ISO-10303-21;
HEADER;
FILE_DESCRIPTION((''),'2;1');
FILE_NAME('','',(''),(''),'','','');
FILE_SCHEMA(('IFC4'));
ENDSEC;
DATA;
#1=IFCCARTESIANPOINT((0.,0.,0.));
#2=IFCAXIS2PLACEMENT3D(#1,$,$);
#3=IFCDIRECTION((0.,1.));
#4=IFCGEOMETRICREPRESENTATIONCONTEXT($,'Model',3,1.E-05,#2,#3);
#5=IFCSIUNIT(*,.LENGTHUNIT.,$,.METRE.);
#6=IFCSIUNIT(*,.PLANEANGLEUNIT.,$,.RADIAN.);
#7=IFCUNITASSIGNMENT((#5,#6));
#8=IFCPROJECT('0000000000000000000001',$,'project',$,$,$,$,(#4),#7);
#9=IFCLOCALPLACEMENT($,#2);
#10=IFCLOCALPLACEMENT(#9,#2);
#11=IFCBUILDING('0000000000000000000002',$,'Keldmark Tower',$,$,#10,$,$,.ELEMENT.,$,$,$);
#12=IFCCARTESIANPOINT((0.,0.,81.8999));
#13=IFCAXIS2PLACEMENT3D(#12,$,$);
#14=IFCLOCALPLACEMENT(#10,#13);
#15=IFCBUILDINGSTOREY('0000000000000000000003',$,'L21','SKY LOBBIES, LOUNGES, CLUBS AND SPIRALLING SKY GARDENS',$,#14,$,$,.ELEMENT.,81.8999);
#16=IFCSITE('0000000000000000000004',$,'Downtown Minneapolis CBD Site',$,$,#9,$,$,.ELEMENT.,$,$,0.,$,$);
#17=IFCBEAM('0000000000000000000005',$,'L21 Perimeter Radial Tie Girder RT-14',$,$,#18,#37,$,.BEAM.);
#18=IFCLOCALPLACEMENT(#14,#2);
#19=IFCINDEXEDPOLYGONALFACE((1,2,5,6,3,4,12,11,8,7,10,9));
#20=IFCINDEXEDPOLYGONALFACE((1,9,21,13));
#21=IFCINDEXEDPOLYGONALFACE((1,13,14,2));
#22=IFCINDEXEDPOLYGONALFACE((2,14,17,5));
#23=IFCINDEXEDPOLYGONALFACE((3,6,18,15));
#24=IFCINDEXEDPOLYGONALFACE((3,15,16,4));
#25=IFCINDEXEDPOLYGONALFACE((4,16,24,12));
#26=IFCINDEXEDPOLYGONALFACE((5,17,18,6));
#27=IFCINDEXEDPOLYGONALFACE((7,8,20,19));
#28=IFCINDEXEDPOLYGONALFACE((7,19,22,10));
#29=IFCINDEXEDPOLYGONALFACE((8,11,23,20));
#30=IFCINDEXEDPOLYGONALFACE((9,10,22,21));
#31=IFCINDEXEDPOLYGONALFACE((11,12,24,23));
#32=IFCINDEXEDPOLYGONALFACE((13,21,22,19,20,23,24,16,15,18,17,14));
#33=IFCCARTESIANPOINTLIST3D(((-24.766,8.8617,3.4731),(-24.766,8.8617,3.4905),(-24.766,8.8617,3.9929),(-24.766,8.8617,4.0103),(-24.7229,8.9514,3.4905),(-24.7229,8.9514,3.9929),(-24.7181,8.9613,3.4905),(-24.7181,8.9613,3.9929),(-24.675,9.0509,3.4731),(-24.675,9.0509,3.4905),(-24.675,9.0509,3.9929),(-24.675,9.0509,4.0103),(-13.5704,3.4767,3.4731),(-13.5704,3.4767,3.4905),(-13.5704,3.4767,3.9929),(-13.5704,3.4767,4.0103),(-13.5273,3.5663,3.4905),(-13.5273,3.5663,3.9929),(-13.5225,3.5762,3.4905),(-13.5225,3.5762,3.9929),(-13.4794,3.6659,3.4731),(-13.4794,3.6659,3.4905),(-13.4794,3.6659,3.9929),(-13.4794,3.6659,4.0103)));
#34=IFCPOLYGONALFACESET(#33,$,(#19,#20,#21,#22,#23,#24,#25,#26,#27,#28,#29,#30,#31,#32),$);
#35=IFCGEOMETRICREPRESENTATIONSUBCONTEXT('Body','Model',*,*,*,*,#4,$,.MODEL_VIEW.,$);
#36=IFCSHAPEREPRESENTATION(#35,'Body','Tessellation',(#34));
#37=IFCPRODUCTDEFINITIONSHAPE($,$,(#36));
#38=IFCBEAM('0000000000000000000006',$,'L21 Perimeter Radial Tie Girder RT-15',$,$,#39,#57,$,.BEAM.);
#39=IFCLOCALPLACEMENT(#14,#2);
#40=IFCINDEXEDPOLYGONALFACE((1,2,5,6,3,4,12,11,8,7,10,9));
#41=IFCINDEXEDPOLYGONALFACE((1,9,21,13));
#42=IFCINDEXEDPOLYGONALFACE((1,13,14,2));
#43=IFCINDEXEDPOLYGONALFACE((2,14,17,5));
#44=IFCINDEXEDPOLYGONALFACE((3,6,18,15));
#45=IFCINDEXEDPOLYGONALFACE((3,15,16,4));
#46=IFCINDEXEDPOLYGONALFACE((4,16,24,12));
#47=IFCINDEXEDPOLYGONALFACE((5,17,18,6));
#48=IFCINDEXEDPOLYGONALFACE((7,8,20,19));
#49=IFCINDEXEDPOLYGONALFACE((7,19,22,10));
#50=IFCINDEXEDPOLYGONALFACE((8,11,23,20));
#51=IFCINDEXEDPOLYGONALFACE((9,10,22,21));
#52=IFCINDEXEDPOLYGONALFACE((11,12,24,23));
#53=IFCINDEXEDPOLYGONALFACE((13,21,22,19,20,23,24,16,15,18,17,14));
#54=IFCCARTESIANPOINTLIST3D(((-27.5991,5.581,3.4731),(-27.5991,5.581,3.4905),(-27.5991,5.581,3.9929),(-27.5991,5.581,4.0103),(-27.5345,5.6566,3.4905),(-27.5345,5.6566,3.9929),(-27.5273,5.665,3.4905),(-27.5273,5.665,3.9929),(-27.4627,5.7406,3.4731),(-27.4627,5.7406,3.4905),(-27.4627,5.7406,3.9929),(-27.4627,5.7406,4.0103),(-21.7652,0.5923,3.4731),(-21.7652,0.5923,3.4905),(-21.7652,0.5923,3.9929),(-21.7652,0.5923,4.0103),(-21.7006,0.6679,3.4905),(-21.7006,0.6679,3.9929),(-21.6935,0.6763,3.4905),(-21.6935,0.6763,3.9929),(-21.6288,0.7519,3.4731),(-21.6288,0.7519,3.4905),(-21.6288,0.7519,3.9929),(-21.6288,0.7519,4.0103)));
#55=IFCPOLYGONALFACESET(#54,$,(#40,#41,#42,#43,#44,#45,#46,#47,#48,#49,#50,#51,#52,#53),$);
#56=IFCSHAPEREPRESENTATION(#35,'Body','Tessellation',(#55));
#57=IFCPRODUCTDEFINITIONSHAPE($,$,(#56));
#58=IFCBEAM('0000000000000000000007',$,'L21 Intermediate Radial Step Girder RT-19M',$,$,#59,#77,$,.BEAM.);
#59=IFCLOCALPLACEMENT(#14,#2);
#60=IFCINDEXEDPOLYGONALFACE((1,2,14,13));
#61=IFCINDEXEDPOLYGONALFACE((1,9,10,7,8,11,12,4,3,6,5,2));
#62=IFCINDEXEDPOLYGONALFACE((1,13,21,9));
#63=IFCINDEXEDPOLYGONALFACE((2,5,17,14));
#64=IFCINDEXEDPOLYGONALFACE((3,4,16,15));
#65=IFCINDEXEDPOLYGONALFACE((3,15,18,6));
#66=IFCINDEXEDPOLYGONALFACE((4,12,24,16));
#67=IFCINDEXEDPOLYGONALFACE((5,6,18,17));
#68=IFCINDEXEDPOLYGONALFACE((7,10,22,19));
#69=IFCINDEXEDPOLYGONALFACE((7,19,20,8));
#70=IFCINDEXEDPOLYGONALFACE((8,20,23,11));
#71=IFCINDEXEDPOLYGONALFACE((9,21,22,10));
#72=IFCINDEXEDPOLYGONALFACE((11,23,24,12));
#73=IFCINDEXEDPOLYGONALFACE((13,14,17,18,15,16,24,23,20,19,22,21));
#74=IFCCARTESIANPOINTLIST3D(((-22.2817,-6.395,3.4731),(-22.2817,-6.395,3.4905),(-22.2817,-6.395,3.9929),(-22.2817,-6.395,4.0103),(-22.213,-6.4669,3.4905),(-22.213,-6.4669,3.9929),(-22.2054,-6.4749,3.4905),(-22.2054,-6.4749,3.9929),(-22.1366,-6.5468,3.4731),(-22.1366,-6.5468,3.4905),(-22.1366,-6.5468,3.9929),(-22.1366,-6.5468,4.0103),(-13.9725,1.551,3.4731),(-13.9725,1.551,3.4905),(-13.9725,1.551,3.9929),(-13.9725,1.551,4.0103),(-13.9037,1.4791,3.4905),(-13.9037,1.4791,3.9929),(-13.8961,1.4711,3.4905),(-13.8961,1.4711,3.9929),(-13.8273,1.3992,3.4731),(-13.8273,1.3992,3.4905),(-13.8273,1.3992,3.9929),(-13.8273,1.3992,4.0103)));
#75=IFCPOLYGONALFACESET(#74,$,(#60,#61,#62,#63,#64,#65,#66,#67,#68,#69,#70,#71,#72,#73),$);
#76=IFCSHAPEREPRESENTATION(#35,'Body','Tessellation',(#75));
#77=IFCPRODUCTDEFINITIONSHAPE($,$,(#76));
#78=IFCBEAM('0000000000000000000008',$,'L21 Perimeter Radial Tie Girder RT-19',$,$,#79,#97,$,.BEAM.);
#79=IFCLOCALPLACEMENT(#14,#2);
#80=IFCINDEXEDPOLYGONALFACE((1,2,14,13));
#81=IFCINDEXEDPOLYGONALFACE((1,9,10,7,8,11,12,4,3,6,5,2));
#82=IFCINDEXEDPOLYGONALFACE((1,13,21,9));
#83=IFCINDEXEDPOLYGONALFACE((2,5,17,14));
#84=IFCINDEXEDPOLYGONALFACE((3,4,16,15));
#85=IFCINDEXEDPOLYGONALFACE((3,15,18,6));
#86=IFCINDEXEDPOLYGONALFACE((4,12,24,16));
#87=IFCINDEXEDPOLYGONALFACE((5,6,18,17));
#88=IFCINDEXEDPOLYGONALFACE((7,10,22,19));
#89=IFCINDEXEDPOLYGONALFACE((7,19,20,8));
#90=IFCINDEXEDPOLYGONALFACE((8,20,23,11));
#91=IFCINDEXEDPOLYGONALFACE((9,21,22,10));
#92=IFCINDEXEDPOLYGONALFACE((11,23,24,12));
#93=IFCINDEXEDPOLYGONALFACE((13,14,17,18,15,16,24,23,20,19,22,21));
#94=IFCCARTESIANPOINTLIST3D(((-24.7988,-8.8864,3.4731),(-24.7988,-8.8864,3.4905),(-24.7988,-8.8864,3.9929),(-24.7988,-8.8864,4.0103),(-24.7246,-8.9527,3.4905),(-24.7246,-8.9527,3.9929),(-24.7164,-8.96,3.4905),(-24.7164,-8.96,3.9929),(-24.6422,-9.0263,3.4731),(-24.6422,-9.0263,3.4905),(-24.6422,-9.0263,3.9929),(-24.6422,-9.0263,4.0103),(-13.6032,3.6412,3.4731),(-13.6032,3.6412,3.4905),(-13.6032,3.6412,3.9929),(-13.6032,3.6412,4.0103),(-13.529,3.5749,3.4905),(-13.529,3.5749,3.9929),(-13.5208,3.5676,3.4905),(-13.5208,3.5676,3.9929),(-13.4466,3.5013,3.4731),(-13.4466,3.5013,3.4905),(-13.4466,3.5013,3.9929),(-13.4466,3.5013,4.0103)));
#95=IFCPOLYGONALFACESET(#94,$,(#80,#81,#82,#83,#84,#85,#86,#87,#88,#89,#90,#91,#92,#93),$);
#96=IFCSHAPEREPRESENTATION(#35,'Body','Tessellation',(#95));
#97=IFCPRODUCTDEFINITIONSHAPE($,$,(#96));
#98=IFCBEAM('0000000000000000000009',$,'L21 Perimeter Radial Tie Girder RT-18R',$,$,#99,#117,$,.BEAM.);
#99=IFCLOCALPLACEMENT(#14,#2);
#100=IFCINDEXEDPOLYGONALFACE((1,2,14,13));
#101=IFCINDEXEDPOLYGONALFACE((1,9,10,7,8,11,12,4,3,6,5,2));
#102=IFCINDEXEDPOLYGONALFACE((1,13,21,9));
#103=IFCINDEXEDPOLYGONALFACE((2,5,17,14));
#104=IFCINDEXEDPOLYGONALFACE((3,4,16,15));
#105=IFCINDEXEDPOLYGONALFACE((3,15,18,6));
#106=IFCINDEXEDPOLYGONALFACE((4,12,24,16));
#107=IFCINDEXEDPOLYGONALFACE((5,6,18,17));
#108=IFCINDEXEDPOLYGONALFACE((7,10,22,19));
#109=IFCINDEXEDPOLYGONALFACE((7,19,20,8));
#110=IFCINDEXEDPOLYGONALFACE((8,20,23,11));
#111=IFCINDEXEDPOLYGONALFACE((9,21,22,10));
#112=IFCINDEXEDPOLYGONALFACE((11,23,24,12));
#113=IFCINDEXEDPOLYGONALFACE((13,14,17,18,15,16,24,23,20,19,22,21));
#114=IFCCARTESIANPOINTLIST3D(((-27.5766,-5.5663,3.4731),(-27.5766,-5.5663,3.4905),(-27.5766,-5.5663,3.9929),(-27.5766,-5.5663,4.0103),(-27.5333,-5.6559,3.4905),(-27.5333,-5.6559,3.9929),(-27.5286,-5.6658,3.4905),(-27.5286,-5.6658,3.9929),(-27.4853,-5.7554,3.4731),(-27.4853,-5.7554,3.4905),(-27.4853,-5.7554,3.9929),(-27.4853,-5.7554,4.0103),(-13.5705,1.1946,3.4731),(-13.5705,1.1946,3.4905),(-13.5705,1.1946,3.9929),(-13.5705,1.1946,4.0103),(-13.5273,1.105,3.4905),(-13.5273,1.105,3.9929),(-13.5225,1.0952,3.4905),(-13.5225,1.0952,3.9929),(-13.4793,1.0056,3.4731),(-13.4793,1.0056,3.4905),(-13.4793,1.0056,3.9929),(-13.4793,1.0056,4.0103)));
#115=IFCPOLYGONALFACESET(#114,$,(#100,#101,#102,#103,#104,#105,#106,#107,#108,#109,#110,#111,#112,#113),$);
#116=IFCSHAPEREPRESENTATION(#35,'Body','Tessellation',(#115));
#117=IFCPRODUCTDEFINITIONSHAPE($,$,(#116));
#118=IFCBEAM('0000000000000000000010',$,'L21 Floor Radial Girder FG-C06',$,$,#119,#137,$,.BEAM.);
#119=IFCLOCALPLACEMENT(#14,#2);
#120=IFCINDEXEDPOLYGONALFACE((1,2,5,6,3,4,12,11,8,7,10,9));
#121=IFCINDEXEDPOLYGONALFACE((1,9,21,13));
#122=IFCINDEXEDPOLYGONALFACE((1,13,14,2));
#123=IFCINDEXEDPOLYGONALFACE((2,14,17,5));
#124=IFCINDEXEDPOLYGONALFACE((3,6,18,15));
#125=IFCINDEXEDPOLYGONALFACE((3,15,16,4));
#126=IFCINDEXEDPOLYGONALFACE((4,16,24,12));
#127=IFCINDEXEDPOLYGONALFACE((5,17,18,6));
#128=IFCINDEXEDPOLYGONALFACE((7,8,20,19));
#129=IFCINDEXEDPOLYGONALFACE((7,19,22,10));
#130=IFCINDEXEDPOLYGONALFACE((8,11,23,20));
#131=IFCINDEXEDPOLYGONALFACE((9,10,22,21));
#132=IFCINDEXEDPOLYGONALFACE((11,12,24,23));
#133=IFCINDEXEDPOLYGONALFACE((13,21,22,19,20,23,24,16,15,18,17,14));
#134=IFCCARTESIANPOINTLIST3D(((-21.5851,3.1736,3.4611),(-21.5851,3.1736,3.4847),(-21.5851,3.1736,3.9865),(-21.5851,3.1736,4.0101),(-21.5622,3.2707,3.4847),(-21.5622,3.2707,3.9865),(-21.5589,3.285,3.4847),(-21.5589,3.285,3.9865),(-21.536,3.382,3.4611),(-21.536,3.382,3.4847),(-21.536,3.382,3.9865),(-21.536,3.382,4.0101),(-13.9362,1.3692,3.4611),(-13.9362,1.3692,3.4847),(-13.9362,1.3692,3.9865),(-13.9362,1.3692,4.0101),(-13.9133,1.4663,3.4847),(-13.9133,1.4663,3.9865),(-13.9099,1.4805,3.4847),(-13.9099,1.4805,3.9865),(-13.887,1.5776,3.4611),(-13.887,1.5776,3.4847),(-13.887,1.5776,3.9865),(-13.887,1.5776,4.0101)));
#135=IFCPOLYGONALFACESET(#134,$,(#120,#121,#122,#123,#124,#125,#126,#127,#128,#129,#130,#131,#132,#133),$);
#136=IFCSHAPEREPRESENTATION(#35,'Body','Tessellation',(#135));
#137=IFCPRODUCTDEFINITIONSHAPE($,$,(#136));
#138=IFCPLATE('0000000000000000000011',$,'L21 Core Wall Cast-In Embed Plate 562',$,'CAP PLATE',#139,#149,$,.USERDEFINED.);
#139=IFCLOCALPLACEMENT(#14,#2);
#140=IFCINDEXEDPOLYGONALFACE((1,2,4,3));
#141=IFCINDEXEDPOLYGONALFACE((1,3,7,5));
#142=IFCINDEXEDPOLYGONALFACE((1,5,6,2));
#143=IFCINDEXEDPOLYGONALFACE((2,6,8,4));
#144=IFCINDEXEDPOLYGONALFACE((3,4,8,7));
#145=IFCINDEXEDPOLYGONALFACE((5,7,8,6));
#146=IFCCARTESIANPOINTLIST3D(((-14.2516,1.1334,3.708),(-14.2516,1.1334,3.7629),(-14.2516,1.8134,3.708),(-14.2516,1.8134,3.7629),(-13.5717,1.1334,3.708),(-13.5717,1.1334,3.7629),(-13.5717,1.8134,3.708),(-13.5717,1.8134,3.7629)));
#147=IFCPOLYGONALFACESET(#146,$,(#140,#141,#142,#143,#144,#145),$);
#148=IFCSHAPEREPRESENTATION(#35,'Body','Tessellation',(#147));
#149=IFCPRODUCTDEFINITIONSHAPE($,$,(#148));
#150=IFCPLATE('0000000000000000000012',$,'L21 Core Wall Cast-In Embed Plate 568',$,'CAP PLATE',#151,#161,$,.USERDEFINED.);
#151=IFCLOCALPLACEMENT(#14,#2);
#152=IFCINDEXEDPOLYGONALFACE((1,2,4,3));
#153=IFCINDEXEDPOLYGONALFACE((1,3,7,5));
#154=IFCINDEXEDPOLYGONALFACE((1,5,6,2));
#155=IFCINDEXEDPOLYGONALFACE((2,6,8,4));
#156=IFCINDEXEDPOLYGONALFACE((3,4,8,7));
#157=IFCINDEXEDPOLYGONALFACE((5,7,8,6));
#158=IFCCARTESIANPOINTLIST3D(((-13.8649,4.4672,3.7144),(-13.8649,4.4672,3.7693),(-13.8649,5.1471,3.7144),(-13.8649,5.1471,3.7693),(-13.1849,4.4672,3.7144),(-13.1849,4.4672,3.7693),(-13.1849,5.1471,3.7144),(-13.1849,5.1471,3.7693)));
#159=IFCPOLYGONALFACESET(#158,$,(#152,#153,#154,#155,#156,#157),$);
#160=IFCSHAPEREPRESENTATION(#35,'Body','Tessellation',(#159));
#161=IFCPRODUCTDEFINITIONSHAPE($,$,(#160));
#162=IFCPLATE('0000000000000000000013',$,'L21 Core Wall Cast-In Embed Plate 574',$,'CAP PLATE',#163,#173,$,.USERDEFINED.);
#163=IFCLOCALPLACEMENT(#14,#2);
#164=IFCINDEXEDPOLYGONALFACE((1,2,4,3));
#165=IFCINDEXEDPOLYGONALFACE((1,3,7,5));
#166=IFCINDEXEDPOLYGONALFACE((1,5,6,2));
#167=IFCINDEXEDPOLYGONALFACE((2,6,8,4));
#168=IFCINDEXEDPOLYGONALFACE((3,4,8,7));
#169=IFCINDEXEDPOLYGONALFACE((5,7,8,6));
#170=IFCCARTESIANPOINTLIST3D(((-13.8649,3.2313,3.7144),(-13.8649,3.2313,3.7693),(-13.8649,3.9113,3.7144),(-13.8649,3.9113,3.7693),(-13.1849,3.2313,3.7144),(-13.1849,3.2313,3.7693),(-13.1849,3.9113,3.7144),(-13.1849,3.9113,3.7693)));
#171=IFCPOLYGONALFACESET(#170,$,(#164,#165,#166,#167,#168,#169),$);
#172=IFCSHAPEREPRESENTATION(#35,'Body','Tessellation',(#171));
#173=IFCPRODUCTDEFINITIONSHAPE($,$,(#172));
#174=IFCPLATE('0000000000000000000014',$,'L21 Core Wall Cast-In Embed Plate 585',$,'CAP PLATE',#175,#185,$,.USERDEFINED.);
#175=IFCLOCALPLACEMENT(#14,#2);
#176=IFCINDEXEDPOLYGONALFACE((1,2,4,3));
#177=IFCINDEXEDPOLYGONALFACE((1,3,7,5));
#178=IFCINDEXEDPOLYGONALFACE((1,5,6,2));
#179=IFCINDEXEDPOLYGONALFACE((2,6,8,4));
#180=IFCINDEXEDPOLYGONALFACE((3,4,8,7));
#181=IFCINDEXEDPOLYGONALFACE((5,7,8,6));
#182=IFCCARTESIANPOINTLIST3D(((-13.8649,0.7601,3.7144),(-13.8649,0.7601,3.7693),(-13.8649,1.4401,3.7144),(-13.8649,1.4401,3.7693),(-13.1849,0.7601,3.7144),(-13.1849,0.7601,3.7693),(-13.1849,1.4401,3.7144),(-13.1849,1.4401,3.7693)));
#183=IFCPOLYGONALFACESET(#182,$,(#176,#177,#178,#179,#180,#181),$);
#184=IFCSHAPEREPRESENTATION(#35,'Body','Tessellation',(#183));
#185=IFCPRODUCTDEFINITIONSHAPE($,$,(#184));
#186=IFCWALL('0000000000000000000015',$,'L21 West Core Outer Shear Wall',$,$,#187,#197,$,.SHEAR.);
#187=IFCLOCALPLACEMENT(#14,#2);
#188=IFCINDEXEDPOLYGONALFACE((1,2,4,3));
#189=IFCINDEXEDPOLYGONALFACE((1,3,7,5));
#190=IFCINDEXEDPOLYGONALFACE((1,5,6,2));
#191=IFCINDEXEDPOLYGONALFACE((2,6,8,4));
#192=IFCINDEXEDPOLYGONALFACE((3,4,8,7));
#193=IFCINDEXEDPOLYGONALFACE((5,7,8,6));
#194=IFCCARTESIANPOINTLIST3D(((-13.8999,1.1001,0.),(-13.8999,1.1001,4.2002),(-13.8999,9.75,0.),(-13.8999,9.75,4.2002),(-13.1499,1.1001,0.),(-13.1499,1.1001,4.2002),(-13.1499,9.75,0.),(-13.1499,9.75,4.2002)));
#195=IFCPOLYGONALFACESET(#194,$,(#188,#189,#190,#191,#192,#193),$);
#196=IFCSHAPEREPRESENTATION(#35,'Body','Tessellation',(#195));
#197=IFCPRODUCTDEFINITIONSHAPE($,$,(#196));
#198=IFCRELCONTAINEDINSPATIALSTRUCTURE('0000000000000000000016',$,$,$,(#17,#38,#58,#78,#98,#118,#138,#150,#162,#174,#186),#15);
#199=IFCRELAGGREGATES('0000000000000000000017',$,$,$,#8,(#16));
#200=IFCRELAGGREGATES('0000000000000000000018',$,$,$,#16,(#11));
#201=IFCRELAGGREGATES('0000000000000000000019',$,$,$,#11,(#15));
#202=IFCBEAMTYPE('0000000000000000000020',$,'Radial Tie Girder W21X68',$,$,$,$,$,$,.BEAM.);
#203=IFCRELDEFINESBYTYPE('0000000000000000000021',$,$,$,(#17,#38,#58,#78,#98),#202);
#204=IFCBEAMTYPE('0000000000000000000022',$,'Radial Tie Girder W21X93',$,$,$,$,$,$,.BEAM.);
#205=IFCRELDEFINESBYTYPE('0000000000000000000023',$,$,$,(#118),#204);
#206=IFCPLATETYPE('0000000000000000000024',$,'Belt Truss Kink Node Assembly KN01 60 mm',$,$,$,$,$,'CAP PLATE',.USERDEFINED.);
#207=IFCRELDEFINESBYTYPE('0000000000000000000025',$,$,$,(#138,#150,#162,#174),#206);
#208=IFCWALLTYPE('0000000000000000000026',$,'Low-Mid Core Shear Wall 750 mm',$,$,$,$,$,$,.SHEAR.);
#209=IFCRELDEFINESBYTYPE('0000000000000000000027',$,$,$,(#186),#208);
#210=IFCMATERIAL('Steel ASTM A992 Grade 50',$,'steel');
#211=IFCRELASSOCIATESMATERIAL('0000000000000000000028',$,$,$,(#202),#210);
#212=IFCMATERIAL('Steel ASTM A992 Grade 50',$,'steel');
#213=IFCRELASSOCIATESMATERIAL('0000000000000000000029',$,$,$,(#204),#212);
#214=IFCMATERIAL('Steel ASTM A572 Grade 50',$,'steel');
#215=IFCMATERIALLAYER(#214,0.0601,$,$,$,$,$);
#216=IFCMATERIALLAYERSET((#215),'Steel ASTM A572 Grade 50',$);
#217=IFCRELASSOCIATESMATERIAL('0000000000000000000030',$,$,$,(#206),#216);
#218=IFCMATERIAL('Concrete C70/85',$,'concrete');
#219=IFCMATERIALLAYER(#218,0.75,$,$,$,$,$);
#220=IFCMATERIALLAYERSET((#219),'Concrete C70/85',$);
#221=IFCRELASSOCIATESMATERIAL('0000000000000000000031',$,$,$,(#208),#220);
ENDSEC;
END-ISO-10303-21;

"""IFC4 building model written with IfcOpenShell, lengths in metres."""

from ifc_helpers import new_model, si_unit, direction, frame, frame_2d, origin, origin_2d, place, context, subcontext, project, spatial, rectangle, i_section, extrude, material, layer, layer_set, material_profile, profile_set, type_object, element, save


model = new_model("IFC4")

# Units and contexts
model_context = context("Model", 3, precision=1e-05, world=origin(), true_north=direction((0.0, 1.0)))
body_context = subcontext(model_context, "Body", "Model", "MODEL_VIEW")
ifc_project = project(units=[si_unit("LENGTHUNIT", "METRE"), si_unit("PLANEANGLEUNIT", "RADIAN")], contexts=[model_context])

# Site, building, storey
site_placement = place(None, origin())
site = spatial("IfcSite", under=ifc_project, at=site_placement, Name="Downtown Minneapolis CBD Site", CompositionType="ELEMENT", RefElevation=0.0)
building_placement = place(site_placement, origin())
building = spatial("IfcBuilding", under=site, at=building_placement, Name="Keldmark Tower", CompositionType="ELEMENT")
storey_placement = place(building_placement, frame((0.0, 0.0, 81.8999)))
storey = spatial("IfcBuildingStorey", under=building, at=storey_placement, Name="L21", Description="SKY LOBBIES, LOUNGES, CLUBS AND SPIRALLING SKY GARDENS", CompositionType="ELEMENT", Elevation=81.8999)

# Beams
ifc_material_1 = material(Name="Steel ASTM A992 Grade 50", Category="steel")
ifc_material_profile_1 = material_profile(ifc_material_1, i_section(OverallWidth=0.21, OverallDepth=0.5371, WebThickness=0.011, FlangeThickness=0.0173, at=origin_2d()), Name="W21X68")
ifc_profile_set_1 = profile_set([ifc_material_profile_1], Name="Steel ASTM A992 Grade 50")
beam_type_1 = type_object("IfcBeamType", Name="Radial Tie Girder W21X68", PredefinedType="BEAM", material=ifc_profile_set_1)
beam_1_placement = place(storey_placement, frame((-13.5249, 3.5713, 3.7417), z_axis=(-0.901173, 0.43346, 0.0), x_axis=(-0.43346, -0.901173, 0.0)))
element("IfcBeam", 1, at=beam_1_placement, inside=storey, type_object=beam_type_1, Name="L21 Perimeter Radial Tie Girder RT-14", PredefinedType="BEAM", context=body_context, shape_type="SweptSolid", body=[
    extrude(i_section(OverallWidth=0.21, OverallDepth=0.5371, WebThickness=0.011, FlangeThickness=0.0173, at=origin_2d()), origin(), (0.0, 0.0, 1.0), 12.4233),
])
beam_2_placement = place(storey_placement, frame((-21.697, 0.6721, 3.7417), z_axis=(-0.760015, 0.649906, 0.0), x_axis=(-0.649906, -0.760015, 0.0)))
element("IfcBeam", 2, at=beam_2_placement, inside=storey, type_object=beam_type_1, Name="L21 Perimeter Radial Tie Girder RT-15", PredefinedType="BEAM", context=body_context, shape_type="SweptSolid", body=[
    extrude(i_section(OverallWidth=0.21, OverallDepth=0.5371, WebThickness=0.011, FlangeThickness=0.0173, at=origin_2d()), origin(), (0.0, 0.0, 1.0), 7.676),
])
beam_3_placement = place(storey_placement, frame((-13.8999, 1.4751, 3.7417), z_axis=(-0.722729, -0.691132, 0.0), x_axis=(0.691132, -0.722729, 0.0)))
element("IfcBeam", 3, at=beam_3_placement, inside=storey, type_object=beam_type_1, Name="L21 Intermediate Radial Step Girder RT-19M", PredefinedType="BEAM", context=body_context, shape_type="SweptSolid", body=[
    extrude(i_section(OverallWidth=0.21, OverallDepth=0.5371, WebThickness=0.011, FlangeThickness=0.0173, at=origin_2d()), origin(), (0.0, 0.0, 1.0), 11.4971),
])
beam_4_placement = place(storey_placement, frame((-13.5249, 3.5713, 3.7417), z_axis=(-0.666354, -0.745636, 0.0), x_axis=(0.745636, -0.666354, 0.0)))
element("IfcBeam", 4, at=beam_4_placement, inside=storey, type_object=beam_type_1, Name="L21 Perimeter Radial Tie Girder RT-19", PredefinedType="BEAM", context=body_context, shape_type="SweptSolid", body=[
    extrude(i_section(OverallWidth=0.21, OverallDepth=0.5371, WebThickness=0.011, FlangeThickness=0.0173, at=origin_2d()), origin(), (0.0, 0.0, 1.0), 16.8013),
])
beam_5_placement = place(storey_placement, frame((-13.5249, 1.1001, 3.7417), z_axis=(-0.900566, -0.434719, 0.0), x_axis=(0.434719, -0.900566, 0.0)))
element("IfcBeam", 5, at=beam_5_placement, inside=storey, type_object=beam_type_1, Name="L21 Perimeter Radial Tie Girder RT-18R", PredefinedType="BEAM", context=body_context, shape_type="SweptSolid", body=[
    extrude(i_section(OverallWidth=0.21, OverallDepth=0.5371, WebThickness=0.011, FlangeThickness=0.0173, at=origin_2d()), origin(), (0.0, 0.0, 1.0), 15.5525),
])
ifc_material_2 = material(Name="Steel ASTM A992 Grade 50", Category="steel")
ifc_material_profile_2 = material_profile(ifc_material_2, i_section(OverallWidth=0.2141, OverallDepth=0.5491, WebThickness=0.0146, FlangeThickness=0.0237, at=origin_2d()), Name="W21X93")
ifc_profile_set_2 = profile_set([ifc_material_profile_2], Name="Steel ASTM A992 Grade 50")
beam_type_2 = type_object("IfcBeamType", Name="Radial Tie Girder W21X93", PredefinedType="BEAM", material=ifc_profile_set_2)
beam_6_placement = place(storey_placement, frame((-21.5605, 3.2778, 3.7356), z_axis=(0.973284, -0.229606, 0.0), x_axis=(0.229606, 0.973284, 0.0)))
element("IfcBeam", 6, at=beam_6_placement, inside=storey, type_object=beam_type_2, Name="L21 Floor Radial Girder FG-C06", PredefinedType="BEAM", context=body_context, shape_type="SweptSolid", body=[
    extrude(i_section(OverallWidth=0.2141, OverallDepth=0.5491, WebThickness=0.0146, FlangeThickness=0.0237, at=origin_2d()), origin(), (0.0, 0.0, 1.0), 7.8589),
])

# Plates
ifc_material_3 = material(Name="Steel ASTM A572 Grade 50", Category="steel")
ifc_layer_1 = layer(ifc_material_3, 0.0601)
ifc_layer_set_1 = layer_set([ifc_layer_1], Name="Steel ASTM A572 Grade 50")
plate_type = type_object("IfcPlateType", Name="Belt Truss Kink Node Assembly KN01 60 mm", ElementType="CAP PLATE", PredefinedType="USERDEFINED", material=ifc_layer_set_1)
for number, where, z_axis, x_axis, name in (
    (7, (-13.9116, 1.4734, 3.708), (0.0, 0.0, 1.0), (1.0, 0.0, 0.0), "L21 Core Wall Cast-In Embed Plate 562"),
    (8, (-13.5249, 4.8071, 3.7144), (0.0, 0.0, 1.0), (1.0, 0.0, 0.0), "L21 Core Wall Cast-In Embed Plate 568"),
    (9, (-13.5249, 3.5713, 3.7144), (0.0, 0.0, 1.0), (1.0, 0.0, 0.0), "L21 Core Wall Cast-In Embed Plate 574"),
    (10, (-13.5249, 1.1001, 3.7144), (0.0, 0.0, 1.0), (1.0, 0.0, 0.0), "L21 Core Wall Cast-In Embed Plate 585"),
):
    element("IfcPlate", number, at=place(storey_placement, frame(where, z_axis=z_axis, x_axis=x_axis)), inside=storey, type_object=plate_type, Name=name, ObjectType="CAP PLATE", PredefinedType="USERDEFINED", context=body_context, shape_type="SweptSolid", body=[
        extrude(rectangle(XDim=0.6799, YDim=0.6799, at=origin_2d()), origin(), (0.0, 0.0, 1.0), 0.0549),
    ])

# Wall
ifc_material_4 = material(Name="Concrete C70/85", Category="concrete")
ifc_layer_2 = layer(ifc_material_4, 0.75)
ifc_layer_set_2 = layer_set([ifc_layer_2], Name="Concrete C70/85")
wall_type = type_object("IfcWallType", Name="Low-Mid Core Shear Wall 750 mm", PredefinedType="SHEAR", material=ifc_layer_set_2)
wall_placement = place(storey_placement, frame((-13.5249, 1.1001, 0.0), z_axis=(0.0, 0.0, 1.0), x_axis=(0.0, 1.0, 0.0)))
element("IfcWall", 11, at=wall_placement, inside=storey, type_object=wall_type, Name="L21 West Core Outer Shear Wall", PredefinedType="SHEAR", context=body_context, shape_type="SweptSolid", body=[
    extrude(rectangle(XDim=8.6499, YDim=0.75, at=frame_2d((4.325, 0.0))), origin(), (0.0, 0.0, 1.0), 4.2002),
])

save(model, "model.ifc")
